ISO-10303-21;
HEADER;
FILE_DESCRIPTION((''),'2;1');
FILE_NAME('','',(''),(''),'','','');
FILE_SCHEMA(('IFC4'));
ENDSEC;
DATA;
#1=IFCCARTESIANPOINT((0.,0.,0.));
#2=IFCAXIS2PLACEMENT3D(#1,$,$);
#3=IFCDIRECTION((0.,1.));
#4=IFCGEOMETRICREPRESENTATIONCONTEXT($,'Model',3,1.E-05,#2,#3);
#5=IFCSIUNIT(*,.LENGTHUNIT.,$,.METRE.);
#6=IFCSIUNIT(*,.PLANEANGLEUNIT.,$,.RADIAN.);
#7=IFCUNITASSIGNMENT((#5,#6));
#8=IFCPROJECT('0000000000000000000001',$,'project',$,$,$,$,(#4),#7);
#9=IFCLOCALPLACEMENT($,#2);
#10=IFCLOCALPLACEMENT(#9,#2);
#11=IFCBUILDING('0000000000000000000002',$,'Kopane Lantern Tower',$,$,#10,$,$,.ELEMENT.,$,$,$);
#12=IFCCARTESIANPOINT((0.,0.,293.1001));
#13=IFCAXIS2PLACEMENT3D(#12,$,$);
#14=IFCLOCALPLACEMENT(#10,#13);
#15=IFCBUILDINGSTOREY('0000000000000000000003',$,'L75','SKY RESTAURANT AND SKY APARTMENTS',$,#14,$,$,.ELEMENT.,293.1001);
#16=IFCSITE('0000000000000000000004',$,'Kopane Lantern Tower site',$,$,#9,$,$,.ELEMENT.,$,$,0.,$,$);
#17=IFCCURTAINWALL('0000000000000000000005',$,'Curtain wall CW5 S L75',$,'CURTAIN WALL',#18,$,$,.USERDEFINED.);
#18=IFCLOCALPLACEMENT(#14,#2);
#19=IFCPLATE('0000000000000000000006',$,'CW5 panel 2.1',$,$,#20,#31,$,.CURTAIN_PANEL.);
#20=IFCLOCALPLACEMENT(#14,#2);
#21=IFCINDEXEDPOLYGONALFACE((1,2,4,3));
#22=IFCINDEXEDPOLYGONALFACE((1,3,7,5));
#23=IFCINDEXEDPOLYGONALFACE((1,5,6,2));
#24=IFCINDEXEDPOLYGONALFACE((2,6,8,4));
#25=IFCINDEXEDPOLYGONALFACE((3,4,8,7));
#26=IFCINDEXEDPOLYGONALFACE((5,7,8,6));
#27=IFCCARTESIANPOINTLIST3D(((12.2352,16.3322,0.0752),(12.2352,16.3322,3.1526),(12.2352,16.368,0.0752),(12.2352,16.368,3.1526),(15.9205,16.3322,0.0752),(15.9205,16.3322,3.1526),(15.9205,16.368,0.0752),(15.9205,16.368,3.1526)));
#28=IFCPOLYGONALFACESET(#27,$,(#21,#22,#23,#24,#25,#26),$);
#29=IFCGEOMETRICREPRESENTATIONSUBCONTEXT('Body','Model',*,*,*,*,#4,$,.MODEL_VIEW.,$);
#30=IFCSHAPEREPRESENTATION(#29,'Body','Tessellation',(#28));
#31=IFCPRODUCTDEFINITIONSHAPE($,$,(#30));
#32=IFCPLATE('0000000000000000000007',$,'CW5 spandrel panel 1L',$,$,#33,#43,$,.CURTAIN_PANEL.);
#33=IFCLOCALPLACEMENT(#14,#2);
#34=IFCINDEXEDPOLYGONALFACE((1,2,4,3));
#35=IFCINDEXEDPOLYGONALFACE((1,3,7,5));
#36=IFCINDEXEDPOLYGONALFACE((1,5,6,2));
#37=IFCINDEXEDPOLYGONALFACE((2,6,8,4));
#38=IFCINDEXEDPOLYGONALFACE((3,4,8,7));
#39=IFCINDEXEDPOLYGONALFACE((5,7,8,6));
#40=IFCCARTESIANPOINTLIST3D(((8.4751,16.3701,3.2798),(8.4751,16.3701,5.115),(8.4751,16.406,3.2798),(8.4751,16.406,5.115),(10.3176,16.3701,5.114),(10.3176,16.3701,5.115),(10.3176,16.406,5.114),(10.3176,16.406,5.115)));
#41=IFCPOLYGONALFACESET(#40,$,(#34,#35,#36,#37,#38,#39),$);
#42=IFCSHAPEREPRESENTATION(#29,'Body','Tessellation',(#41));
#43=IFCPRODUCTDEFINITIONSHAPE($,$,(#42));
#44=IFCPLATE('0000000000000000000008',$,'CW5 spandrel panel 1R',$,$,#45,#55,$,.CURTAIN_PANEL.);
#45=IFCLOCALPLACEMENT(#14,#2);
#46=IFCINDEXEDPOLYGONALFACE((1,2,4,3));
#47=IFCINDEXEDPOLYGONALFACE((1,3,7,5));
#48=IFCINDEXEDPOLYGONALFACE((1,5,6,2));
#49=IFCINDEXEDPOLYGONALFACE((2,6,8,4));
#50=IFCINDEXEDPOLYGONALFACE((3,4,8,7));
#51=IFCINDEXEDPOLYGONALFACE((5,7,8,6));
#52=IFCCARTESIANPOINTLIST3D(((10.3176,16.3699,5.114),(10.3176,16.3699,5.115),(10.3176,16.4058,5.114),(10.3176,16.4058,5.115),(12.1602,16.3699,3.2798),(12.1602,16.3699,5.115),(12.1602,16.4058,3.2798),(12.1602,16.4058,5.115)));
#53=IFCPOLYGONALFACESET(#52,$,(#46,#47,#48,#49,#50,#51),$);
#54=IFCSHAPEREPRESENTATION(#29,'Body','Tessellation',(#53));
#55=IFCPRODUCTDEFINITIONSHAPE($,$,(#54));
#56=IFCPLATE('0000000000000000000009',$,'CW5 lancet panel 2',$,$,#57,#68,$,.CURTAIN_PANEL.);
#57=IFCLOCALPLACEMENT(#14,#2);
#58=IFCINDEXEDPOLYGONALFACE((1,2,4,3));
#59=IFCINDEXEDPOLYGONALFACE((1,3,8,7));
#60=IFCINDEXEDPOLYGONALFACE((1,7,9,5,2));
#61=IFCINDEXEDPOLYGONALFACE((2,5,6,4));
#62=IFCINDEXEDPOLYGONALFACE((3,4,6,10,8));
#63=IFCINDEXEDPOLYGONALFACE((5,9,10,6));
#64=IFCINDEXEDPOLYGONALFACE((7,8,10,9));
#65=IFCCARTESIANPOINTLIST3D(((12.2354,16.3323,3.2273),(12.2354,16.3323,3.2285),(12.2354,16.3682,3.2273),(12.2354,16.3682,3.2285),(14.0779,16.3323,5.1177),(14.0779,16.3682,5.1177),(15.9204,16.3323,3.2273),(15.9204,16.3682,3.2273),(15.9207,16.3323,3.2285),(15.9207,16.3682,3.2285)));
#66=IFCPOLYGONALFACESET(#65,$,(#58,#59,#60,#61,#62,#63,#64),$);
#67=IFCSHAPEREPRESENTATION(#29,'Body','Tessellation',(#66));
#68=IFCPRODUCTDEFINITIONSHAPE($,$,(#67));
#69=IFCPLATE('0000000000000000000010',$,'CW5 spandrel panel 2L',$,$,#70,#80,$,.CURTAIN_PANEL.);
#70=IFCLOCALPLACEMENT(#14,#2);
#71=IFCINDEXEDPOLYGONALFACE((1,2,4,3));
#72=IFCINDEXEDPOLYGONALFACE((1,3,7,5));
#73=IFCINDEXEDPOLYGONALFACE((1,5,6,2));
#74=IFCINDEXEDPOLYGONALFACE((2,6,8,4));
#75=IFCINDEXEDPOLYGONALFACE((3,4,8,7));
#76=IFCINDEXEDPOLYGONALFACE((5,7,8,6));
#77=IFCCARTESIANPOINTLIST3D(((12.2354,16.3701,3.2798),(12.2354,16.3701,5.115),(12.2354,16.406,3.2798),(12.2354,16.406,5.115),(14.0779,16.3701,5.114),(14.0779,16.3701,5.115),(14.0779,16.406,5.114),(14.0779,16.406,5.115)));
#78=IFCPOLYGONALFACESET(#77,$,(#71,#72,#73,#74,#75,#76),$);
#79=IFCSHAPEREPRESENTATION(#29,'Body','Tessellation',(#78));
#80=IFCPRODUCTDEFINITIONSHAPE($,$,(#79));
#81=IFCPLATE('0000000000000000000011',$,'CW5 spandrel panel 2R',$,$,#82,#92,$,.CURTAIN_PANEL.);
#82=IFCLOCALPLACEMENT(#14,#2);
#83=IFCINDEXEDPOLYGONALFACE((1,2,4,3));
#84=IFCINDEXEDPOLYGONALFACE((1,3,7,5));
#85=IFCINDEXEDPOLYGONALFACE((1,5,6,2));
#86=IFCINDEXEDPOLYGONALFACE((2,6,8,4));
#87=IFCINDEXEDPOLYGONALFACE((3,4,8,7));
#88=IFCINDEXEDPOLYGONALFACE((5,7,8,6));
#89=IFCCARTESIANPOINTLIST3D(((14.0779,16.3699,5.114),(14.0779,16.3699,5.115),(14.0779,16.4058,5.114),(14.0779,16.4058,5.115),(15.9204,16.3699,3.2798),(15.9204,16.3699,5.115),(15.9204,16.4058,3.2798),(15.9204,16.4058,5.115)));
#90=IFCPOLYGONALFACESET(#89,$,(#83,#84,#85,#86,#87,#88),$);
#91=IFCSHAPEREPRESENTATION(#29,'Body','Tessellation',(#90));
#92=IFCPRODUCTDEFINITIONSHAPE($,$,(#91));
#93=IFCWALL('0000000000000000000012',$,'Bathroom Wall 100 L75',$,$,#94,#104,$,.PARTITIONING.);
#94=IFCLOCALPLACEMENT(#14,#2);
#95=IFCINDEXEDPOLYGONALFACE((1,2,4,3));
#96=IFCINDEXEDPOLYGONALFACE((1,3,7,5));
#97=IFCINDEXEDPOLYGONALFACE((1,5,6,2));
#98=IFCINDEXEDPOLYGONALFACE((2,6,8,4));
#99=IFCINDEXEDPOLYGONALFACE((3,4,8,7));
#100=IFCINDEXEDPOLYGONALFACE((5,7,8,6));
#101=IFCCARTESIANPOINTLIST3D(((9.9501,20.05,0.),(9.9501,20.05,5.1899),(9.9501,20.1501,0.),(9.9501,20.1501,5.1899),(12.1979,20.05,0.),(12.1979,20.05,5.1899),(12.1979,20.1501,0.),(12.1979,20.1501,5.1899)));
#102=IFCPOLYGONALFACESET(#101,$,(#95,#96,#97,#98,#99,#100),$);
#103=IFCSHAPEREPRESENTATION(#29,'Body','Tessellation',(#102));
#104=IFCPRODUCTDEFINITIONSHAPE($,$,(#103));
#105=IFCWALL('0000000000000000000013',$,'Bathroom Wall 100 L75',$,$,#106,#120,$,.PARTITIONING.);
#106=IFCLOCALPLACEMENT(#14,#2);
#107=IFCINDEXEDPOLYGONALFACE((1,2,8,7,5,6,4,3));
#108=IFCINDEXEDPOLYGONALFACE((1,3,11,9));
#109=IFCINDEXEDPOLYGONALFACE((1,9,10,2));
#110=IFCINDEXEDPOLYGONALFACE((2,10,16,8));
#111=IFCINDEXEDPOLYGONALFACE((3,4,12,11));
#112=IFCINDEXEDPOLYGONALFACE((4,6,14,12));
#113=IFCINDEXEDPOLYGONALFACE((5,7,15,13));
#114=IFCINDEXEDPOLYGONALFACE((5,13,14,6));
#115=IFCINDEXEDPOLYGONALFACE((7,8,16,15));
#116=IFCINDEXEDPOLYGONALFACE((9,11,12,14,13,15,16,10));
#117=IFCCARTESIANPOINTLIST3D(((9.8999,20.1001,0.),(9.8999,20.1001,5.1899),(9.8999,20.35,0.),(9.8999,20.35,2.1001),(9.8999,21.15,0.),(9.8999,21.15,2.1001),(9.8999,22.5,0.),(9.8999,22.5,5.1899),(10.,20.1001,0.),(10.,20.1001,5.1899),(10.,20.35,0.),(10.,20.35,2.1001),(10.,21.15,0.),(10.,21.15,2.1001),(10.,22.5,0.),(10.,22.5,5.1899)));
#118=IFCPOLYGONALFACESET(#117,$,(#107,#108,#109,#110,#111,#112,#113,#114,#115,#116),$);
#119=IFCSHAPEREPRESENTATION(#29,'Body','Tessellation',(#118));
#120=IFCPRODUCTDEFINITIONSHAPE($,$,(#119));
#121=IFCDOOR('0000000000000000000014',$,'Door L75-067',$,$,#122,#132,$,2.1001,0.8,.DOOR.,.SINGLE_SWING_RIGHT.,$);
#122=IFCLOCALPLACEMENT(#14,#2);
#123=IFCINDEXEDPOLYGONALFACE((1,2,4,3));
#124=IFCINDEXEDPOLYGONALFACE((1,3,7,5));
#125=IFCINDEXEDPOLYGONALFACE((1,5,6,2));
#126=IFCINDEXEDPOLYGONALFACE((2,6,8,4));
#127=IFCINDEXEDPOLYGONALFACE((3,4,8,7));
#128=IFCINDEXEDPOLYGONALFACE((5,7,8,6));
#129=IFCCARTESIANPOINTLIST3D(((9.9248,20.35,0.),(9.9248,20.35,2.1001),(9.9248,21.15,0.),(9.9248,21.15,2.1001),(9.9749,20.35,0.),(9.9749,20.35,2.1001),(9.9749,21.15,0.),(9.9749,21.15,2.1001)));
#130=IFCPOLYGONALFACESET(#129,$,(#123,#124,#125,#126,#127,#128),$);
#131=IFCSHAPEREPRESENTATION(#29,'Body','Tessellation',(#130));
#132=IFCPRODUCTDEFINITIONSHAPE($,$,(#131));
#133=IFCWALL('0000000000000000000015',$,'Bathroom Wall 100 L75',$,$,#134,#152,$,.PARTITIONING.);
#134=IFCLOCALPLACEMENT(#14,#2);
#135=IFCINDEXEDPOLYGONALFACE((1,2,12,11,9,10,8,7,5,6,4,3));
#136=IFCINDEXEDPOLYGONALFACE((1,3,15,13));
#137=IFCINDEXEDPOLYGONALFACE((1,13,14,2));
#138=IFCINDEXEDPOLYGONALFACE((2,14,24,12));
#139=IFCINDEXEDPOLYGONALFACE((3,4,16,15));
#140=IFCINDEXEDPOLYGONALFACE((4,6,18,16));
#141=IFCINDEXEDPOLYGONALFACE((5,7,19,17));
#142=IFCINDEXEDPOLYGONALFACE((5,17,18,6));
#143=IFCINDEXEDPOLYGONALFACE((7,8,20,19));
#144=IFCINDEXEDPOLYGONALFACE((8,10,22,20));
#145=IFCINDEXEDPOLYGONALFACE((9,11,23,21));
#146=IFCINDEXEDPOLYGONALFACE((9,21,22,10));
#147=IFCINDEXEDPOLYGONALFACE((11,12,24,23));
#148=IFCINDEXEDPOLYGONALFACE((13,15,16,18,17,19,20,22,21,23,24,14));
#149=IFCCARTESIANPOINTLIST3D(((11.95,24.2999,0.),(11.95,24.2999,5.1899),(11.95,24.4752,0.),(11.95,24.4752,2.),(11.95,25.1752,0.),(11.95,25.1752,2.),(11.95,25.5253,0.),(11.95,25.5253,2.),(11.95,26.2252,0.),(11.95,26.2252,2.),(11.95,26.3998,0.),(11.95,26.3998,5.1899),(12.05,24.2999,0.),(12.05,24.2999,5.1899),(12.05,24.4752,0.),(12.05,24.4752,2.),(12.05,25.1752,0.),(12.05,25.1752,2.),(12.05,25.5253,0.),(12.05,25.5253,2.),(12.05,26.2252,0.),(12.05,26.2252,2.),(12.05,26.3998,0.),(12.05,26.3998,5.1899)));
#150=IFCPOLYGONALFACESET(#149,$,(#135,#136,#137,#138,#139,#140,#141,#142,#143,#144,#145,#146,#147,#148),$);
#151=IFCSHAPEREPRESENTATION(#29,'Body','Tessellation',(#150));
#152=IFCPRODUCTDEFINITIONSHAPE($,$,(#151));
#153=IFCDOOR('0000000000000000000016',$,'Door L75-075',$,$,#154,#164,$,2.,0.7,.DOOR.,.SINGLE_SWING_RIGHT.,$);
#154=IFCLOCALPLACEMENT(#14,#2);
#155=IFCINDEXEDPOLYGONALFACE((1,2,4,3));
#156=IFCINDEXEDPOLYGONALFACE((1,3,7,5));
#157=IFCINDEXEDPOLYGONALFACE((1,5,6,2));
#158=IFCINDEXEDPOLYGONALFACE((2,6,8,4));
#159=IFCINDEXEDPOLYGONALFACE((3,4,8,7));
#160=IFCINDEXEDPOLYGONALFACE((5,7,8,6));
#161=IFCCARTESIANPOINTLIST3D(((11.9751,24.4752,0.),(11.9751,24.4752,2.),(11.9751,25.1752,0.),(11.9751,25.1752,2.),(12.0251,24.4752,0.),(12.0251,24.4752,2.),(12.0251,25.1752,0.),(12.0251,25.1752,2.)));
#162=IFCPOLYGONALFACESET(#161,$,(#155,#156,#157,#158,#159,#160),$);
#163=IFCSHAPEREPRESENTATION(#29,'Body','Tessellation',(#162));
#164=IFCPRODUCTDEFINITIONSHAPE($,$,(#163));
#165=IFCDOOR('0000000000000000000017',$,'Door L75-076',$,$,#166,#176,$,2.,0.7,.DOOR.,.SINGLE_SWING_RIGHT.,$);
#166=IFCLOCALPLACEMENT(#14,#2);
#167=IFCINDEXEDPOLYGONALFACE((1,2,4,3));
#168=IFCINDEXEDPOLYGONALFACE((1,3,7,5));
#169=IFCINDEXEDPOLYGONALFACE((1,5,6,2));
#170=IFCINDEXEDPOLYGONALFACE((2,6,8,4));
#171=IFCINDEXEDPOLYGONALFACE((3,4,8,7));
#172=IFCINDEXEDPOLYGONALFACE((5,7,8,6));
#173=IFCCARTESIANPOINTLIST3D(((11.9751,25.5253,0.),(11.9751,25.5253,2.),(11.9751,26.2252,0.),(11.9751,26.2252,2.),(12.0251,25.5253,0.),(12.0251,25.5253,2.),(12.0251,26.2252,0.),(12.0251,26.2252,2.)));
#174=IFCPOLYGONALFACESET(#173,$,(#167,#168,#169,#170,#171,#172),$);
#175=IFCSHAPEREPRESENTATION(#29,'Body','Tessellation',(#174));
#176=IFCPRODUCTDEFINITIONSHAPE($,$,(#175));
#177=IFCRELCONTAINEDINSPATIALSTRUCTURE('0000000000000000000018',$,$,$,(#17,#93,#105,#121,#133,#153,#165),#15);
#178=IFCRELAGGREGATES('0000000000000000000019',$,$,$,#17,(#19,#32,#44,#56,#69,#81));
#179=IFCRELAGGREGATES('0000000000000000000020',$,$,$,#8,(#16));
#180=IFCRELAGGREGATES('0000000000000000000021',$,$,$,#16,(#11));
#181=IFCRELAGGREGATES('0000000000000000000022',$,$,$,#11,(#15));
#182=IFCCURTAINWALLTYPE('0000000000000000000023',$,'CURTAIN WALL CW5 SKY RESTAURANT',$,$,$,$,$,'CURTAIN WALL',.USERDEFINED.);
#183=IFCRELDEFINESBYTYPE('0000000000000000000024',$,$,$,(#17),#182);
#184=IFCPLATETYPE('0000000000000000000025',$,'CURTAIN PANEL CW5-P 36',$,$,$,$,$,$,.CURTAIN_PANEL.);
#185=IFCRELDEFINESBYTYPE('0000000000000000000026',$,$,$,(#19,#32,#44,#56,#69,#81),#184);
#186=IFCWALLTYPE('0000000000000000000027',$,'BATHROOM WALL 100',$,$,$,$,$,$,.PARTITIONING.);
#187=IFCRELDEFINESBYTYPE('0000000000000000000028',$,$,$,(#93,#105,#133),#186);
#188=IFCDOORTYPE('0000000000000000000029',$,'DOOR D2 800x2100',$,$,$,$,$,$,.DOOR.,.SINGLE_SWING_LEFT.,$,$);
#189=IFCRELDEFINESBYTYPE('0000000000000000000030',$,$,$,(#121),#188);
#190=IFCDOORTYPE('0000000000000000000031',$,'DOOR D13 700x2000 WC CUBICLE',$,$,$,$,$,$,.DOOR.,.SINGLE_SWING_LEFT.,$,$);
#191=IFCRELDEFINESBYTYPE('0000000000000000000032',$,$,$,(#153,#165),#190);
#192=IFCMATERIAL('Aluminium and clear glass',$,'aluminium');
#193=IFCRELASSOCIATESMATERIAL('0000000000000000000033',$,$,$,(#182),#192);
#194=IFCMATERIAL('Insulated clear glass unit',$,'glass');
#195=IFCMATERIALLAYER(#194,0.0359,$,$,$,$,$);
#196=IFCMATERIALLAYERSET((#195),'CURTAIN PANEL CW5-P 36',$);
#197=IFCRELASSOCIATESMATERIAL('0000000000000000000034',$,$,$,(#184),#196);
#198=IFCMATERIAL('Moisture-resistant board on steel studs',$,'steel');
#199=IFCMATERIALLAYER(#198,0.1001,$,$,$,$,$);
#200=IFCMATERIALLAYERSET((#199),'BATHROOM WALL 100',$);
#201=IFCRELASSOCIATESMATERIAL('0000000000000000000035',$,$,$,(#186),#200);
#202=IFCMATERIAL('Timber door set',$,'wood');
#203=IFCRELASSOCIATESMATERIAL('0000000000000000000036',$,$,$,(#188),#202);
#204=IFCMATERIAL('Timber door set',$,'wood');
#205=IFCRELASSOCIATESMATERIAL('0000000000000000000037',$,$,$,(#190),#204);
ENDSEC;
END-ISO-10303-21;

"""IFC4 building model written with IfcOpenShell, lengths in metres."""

from ifc_helpers import new_model, si_unit, direction, frame, frame_2d, origin, origin_2d, place, context, subcontext, project, spatial, polyline, rectangle, outline, extrude, material, layer, layer_set, type_object, element, fill, aggregate, save


model = new_model("IFC4")

# Units and contexts
model_context = context("Model", 3, precision=1e-05, world=origin(), true_north=direction((0.0, 1.0)))
body_context = subcontext(model_context, "Body", "Model", "MODEL_VIEW")
ifc_project = project(units=[si_unit("LENGTHUNIT", "METRE"), si_unit("PLANEANGLEUNIT", "RADIAN")], contexts=[model_context])

# Site, building, storey
site_placement = place(None, origin())
site = spatial("IfcSite", under=ifc_project, at=site_placement, Name="Kopane Lantern Tower site", CompositionType="ELEMENT", RefElevation=0.0)
building_placement = place(site_placement, origin())
building = spatial("IfcBuilding", under=site, at=building_placement, Name="Kopane Lantern Tower", CompositionType="ELEMENT")
storey_placement = place(building_placement, frame((0.0, 0.0, 293.1001)))
storey = spatial("IfcBuildingStorey", under=building, at=storey_placement, Name="L75", Description="SKY RESTAURANT AND SKY APARTMENTS", CompositionType="ELEMENT", Elevation=293.1001)

# Curtain wall, plates
ifc_material_1 = material(Name="Aluminium and clear glass", Category="aluminium")
curtain_wall_type = type_object("IfcCurtainWallType", Name="CURTAIN WALL CW5 SKY RESTAURANT", ElementType="CURTAIN WALL", PredefinedType="USERDEFINED", material=ifc_material_1)
curtain_wall_placement = place(storey_placement, origin())
curtain_wall = element("IfcCurtainWall", 1, at=curtain_wall_placement, inside=storey, type_object=curtain_wall_type, Name="Curtain wall CW5 S L75", ObjectType="CURTAIN WALL", PredefinedType="USERDEFINED")
ifc_material_2 = material(Name="Insulated clear glass unit", Category="glass")
ifc_layer_1 = layer(ifc_material_2, 0.0359)
ifc_layer_set_1 = layer_set([ifc_layer_1], Name="CURTAIN PANEL CW5-P 36")
plate_type = type_object("IfcPlateType", Name="CURTAIN PANEL CW5-P 36", PredefinedType="CURTAIN_PANEL", material=ifc_layer_set_1)
plate_1_placement = place(storey_placement, frame((14.0779, 16.3501, 0.0752), z_axis=(0.0, 0.0, 1.0), x_axis=(1.0, 0.0, 0.0)))
plate_1 = element("IfcPlate", 2, at=plate_1_placement, type_object=plate_type, Name="CW5 panel 2.1", PredefinedType="CURTAIN_PANEL", context=body_context, shape_type="SweptSolid", body=[
    extrude(rectangle(XDim=3.6853, YDim=0.0359, at=origin_2d()), origin(), (0.0, 0.0, 1.0), 3.0774),
])
plate_2_placement = place(storey_placement, frame((8.4751, 16.3879, 5.115), z_axis=(0.0, 0.0, 1.0), x_axis=(1.0, 0.0, 0.0)))
plate_2 = element("IfcPlate", 3, at=plate_2_placement, type_object=plate_type, Name="CW5 spandrel panel 1L", PredefinedType="CURTAIN_PANEL", context=body_context, shape_type="SweptSolid", body=[
    extrude(outline(polyline([(0.0, 0.0), (1.8425, 0.0), (1.8425, -0.001), (0.0, -1.8352), (0.0, 0.0)])), frame((0.0, 0.0181, 0.0), z_axis=(0.0, -1.0, 0.0), x_axis=(1.0, 0.0, 0.0)), (0.0, 0.0, 1.0), 0.0359),
])
plate_3_placement = place(storey_placement, frame((12.1602, 16.3879, 5.115), z_axis=(0.0, 0.0, 1.0), x_axis=(-1.0, 0.0, 0.0)))
plate_3 = element("IfcPlate", 4, at=plate_3_placement, type_object=plate_type, Name="CW5 spandrel panel 1R", PredefinedType="CURTAIN_PANEL", context=body_context, shape_type="SweptSolid", body=[
    extrude(outline(polyline([(0.0, 0.0), (1.8425, 0.0), (1.8425, -0.001), (0.0, -1.8352), (0.0, 0.0)])), frame((0.0, 0.0181, 0.0), z_axis=(0.0, -1.0, 0.0), x_axis=(1.0, 0.0, 0.0)), (0.0, 0.0, 1.0), 0.0359),
])
plate_4_placement = place(storey_placement, frame((12.2354, 16.3501, 3.2273), z_axis=(0.0, 0.0, 1.0), x_axis=(1.0, 0.0, 0.0)))
plate_4 = element("IfcPlate", 5, at=plate_4_placement, type_object=plate_type, Name="CW5 lancet panel 2", PredefinedType="CURTAIN_PANEL", context=body_context, shape_type="SweptSolid", body=[
    extrude(outline(polyline([(0.0, 0.0), (3.6851, 0.0), (3.6853, 0.0012), (1.8425, 1.8904), (0.0, 0.0012), (0.0, 0.0)])), frame((0.0, 0.0181, 0.0), z_axis=(0.0, -1.0, 0.0), x_axis=(1.0, 0.0, 0.0)), (0.0, 0.0, 1.0), 0.0359),
])
plate_5_placement = place(storey_placement, frame((12.2354, 16.3879, 5.115), z_axis=(0.0, 0.0, 1.0), x_axis=(1.0, 0.0, 0.0)))
plate_5 = element("IfcPlate", 6, at=plate_5_placement, type_object=plate_type, Name="CW5 spandrel panel 2L", PredefinedType="CURTAIN_PANEL", context=body_context, shape_type="SweptSolid", body=[
    extrude(outline(polyline([(0.0, 0.0), (1.8425, 0.0), (1.8425, -0.001), (0.0, -1.8352), (0.0, 0.0)])), frame((0.0, 0.0181, 0.0), z_axis=(0.0, -1.0, 0.0), x_axis=(1.0, 0.0, 0.0)), (0.0, 0.0, 1.0), 0.0359),
])
plate_6_placement = place(storey_placement, frame((15.9204, 16.3879, 5.115), z_axis=(0.0, 0.0, 1.0), x_axis=(-1.0, 0.0, 0.0)))
plate_6 = element("IfcPlate", 7, at=plate_6_placement, type_object=plate_type, Name="CW5 spandrel panel 2R", PredefinedType="CURTAIN_PANEL", context=body_context, shape_type="SweptSolid", body=[
    extrude(outline(polyline([(0.0, 0.0), (1.8425, 0.0), (1.8425, -0.001), (0.0, -1.8352), (0.0, 0.0)])), frame((0.0, 0.0181, 0.0), z_axis=(0.0, -1.0, 0.0), x_axis=(1.0, 0.0, 0.0)), (0.0, 0.0, 1.0), 0.0359),
])
aggregate(curtain_wall, [plate_1, plate_2, plate_3, plate_4, plate_5, plate_6])

# Wall
ifc_material_3 = material(Name="Moisture-resistant board on steel studs", Category="steel")
ifc_layer_2 = layer(ifc_material_3, 0.1001)
ifc_layer_set_2 = layer_set([ifc_layer_2], Name="BATHROOM WALL 100")
wall_type_1 = type_object("IfcWallType", Name="BATHROOM WALL 100", PredefinedType="PARTITIONING", material=ifc_layer_set_2)
wall_1_placement = place(storey_placement, frame((9.95, 20.1001, 0.0), z_axis=(0.0, 0.0, 1.0), x_axis=(1.0, 0.0, 0.0)))
element("IfcWall", 8, at=wall_1_placement, inside=storey, type_object=wall_type_1, Name="Bathroom Wall 100 L75", PredefinedType="PARTITIONING", context=body_context, shape_type="SweptSolid", body=[
    extrude(rectangle(XDim=2.2478, YDim=0.1001, at=frame_2d((1.124, 0.0))), origin(), (0.0, 0.0, 1.0), 5.1899),
])

# Wall, opening, door
wall_2_placement = place(storey_placement, frame((9.95, 22.5, 0.0), z_axis=(0.0, 0.0, 1.0), x_axis=(0.0, -1.0, 0.0)))
wall_2 = element("IfcWall", 9, at=wall_2_placement, inside=storey, type_object=wall_type_1, Name="Bathroom Wall 100 L75", PredefinedType="PARTITIONING", context=body_context, shape_type="SweptSolid", body=[
    extrude(rectangle(XDim=2.3999, YDim=0.1001, at=frame_2d((1.2, 0.0))), origin(), (0.0, 0.0, 1.0), 5.1899),
])
opening_1_placement = place(wall_2_placement, frame((1.3501, 0.0, 0.0)))
opening_1 = element("IfcOpeningElement", 10, at=opening_1_placement, cuts=wall_2, PredefinedType="OPENING", context=body_context, shape_type="SweptSolid", body=[
    extrude(rectangle(XDim=0.8, YDim=2.1001, at=frame_2d((0.3999, 1.05))), frame((0.0, 0.0601, 0.0), z_axis=(0.0, -1.0, 0.0), x_axis=(1.0, 0.0, 0.0)), (0.0, 0.0, 1.0), 0.1201),
])
ifc_material_4 = material(Name="Timber door set", Category="wood")
door_type_1 = type_object("IfcDoorType", Name="DOOR D2 800x2100", OperationType="SINGLE_SWING_LEFT", PredefinedType="DOOR", material=ifc_material_4)
door_1_placement = place(opening_1_placement, origin())
door_1 = element("IfcDoor", 11, at=door_1_placement, inside=storey, type_object=door_type_1, Name="Door L75-067", OperationType="SINGLE_SWING_RIGHT", OverallHeight=2.1001, OverallWidth=0.8, PredefinedType="DOOR", context=body_context, shape_type="SweptSolid", body=[
    extrude(rectangle(XDim=0.8, YDim=2.1001, at=frame_2d((0.3999, 1.05))), frame((0.0, 0.0249, 0.0), z_axis=(0.0, -1.0, 0.0), x_axis=(1.0, 0.0, 0.0)), (0.0, 0.0, 1.0), 0.05),
])
fill(opening_1, door_1)

# Wall, openings, doors
wall_3_placement = place(storey_placement, frame((12.0, 24.3, 0.0), z_axis=(0.0, 0.0, 1.0), x_axis=(0.0, 1.0, 0.0)))
wall_3 = element("IfcWall", 12, at=wall_3_placement, inside=storey, type_object=wall_type_1, Name="Bathroom Wall 100 L75", PredefinedType="PARTITIONING", context=body_context, shape_type="SweptSolid", body=[
    extrude(rectangle(XDim=2.0999, YDim=0.1001, at=frame_2d((1.0498, 0.0))), origin(), (0.0, 0.0, 1.0), 5.1899),
])
opening_2_placement = place(wall_3_placement, frame((0.175, 0.0, 0.0)))
opening_2 = element("IfcOpeningElement", 13, at=opening_2_placement, cuts=wall_3, PredefinedType="OPENING", context=body_context, shape_type="SweptSolid", body=[
    extrude(rectangle(XDim=0.7, YDim=2.0, at=frame_2d((0.3501, 1.0))), frame((0.0, 0.0601, 0.0), z_axis=(0.0, -1.0, 0.0), x_axis=(1.0, 0.0, 0.0)), (0.0, 0.0, 1.0), 0.1201),
])
opening_3_placement = place(wall_3_placement, frame((1.2251, 0.0, 0.0)))
opening_3 = element("IfcOpeningElement", 14, at=opening_3_placement, cuts=wall_3, PredefinedType="OPENING", context=body_context, shape_type="SweptSolid", body=[
    extrude(rectangle(XDim=0.7, YDim=2.0, at=frame_2d((0.3501, 1.0))), frame((0.0, 0.0601, 0.0), z_axis=(0.0, -1.0, 0.0), x_axis=(1.0, 0.0, 0.0)), (0.0, 0.0, 1.0), 0.1201),
])
ifc_material_5 = material(Name="Timber door set", Category="wood")
door_type_2 = type_object("IfcDoorType", Name="DOOR D13 700x2000 WC CUBICLE", OperationType="SINGLE_SWING_LEFT", PredefinedType="DOOR", material=ifc_material_5)
door_2_placement = place(opening_2_placement, origin())
door_2 = element("IfcDoor", 15, at=door_2_placement, inside=storey, type_object=door_type_2, Name="Door L75-075", OperationType="SINGLE_SWING_RIGHT", OverallHeight=2.0, OverallWidth=0.7, PredefinedType="DOOR", context=body_context, shape_type="SweptSolid", body=[
    extrude(rectangle(XDim=0.7, YDim=2.0, at=frame_2d((0.3501, 1.0))), frame((0.0, 0.0249, 0.0), z_axis=(0.0, -1.0, 0.0), x_axis=(1.0, 0.0, 0.0)), (0.0, 0.0, 1.0), 0.05),
])
fill(opening_2, door_2)
door_3_placement = place(opening_3_placement, origin())
door_3 = element("IfcDoor", 16, at=door_3_placement, inside=storey, type_object=door_type_2, Name="Door L75-076", OperationType="SINGLE_SWING_RIGHT", OverallHeight=2.0, OverallWidth=0.7, PredefinedType="DOOR", context=body_context, shape_type="SweptSolid", body=[
    extrude(rectangle(XDim=0.7, YDim=2.0, at=frame_2d((0.3501, 1.0))), frame((0.0, 0.0249, 0.0), z_axis=(0.0, -1.0, 0.0), x_axis=(1.0, 0.0, 0.0)), (0.0, 0.0, 1.0), 0.05),
])
fill(opening_3, door_3)

save(model, "model.ifc")
